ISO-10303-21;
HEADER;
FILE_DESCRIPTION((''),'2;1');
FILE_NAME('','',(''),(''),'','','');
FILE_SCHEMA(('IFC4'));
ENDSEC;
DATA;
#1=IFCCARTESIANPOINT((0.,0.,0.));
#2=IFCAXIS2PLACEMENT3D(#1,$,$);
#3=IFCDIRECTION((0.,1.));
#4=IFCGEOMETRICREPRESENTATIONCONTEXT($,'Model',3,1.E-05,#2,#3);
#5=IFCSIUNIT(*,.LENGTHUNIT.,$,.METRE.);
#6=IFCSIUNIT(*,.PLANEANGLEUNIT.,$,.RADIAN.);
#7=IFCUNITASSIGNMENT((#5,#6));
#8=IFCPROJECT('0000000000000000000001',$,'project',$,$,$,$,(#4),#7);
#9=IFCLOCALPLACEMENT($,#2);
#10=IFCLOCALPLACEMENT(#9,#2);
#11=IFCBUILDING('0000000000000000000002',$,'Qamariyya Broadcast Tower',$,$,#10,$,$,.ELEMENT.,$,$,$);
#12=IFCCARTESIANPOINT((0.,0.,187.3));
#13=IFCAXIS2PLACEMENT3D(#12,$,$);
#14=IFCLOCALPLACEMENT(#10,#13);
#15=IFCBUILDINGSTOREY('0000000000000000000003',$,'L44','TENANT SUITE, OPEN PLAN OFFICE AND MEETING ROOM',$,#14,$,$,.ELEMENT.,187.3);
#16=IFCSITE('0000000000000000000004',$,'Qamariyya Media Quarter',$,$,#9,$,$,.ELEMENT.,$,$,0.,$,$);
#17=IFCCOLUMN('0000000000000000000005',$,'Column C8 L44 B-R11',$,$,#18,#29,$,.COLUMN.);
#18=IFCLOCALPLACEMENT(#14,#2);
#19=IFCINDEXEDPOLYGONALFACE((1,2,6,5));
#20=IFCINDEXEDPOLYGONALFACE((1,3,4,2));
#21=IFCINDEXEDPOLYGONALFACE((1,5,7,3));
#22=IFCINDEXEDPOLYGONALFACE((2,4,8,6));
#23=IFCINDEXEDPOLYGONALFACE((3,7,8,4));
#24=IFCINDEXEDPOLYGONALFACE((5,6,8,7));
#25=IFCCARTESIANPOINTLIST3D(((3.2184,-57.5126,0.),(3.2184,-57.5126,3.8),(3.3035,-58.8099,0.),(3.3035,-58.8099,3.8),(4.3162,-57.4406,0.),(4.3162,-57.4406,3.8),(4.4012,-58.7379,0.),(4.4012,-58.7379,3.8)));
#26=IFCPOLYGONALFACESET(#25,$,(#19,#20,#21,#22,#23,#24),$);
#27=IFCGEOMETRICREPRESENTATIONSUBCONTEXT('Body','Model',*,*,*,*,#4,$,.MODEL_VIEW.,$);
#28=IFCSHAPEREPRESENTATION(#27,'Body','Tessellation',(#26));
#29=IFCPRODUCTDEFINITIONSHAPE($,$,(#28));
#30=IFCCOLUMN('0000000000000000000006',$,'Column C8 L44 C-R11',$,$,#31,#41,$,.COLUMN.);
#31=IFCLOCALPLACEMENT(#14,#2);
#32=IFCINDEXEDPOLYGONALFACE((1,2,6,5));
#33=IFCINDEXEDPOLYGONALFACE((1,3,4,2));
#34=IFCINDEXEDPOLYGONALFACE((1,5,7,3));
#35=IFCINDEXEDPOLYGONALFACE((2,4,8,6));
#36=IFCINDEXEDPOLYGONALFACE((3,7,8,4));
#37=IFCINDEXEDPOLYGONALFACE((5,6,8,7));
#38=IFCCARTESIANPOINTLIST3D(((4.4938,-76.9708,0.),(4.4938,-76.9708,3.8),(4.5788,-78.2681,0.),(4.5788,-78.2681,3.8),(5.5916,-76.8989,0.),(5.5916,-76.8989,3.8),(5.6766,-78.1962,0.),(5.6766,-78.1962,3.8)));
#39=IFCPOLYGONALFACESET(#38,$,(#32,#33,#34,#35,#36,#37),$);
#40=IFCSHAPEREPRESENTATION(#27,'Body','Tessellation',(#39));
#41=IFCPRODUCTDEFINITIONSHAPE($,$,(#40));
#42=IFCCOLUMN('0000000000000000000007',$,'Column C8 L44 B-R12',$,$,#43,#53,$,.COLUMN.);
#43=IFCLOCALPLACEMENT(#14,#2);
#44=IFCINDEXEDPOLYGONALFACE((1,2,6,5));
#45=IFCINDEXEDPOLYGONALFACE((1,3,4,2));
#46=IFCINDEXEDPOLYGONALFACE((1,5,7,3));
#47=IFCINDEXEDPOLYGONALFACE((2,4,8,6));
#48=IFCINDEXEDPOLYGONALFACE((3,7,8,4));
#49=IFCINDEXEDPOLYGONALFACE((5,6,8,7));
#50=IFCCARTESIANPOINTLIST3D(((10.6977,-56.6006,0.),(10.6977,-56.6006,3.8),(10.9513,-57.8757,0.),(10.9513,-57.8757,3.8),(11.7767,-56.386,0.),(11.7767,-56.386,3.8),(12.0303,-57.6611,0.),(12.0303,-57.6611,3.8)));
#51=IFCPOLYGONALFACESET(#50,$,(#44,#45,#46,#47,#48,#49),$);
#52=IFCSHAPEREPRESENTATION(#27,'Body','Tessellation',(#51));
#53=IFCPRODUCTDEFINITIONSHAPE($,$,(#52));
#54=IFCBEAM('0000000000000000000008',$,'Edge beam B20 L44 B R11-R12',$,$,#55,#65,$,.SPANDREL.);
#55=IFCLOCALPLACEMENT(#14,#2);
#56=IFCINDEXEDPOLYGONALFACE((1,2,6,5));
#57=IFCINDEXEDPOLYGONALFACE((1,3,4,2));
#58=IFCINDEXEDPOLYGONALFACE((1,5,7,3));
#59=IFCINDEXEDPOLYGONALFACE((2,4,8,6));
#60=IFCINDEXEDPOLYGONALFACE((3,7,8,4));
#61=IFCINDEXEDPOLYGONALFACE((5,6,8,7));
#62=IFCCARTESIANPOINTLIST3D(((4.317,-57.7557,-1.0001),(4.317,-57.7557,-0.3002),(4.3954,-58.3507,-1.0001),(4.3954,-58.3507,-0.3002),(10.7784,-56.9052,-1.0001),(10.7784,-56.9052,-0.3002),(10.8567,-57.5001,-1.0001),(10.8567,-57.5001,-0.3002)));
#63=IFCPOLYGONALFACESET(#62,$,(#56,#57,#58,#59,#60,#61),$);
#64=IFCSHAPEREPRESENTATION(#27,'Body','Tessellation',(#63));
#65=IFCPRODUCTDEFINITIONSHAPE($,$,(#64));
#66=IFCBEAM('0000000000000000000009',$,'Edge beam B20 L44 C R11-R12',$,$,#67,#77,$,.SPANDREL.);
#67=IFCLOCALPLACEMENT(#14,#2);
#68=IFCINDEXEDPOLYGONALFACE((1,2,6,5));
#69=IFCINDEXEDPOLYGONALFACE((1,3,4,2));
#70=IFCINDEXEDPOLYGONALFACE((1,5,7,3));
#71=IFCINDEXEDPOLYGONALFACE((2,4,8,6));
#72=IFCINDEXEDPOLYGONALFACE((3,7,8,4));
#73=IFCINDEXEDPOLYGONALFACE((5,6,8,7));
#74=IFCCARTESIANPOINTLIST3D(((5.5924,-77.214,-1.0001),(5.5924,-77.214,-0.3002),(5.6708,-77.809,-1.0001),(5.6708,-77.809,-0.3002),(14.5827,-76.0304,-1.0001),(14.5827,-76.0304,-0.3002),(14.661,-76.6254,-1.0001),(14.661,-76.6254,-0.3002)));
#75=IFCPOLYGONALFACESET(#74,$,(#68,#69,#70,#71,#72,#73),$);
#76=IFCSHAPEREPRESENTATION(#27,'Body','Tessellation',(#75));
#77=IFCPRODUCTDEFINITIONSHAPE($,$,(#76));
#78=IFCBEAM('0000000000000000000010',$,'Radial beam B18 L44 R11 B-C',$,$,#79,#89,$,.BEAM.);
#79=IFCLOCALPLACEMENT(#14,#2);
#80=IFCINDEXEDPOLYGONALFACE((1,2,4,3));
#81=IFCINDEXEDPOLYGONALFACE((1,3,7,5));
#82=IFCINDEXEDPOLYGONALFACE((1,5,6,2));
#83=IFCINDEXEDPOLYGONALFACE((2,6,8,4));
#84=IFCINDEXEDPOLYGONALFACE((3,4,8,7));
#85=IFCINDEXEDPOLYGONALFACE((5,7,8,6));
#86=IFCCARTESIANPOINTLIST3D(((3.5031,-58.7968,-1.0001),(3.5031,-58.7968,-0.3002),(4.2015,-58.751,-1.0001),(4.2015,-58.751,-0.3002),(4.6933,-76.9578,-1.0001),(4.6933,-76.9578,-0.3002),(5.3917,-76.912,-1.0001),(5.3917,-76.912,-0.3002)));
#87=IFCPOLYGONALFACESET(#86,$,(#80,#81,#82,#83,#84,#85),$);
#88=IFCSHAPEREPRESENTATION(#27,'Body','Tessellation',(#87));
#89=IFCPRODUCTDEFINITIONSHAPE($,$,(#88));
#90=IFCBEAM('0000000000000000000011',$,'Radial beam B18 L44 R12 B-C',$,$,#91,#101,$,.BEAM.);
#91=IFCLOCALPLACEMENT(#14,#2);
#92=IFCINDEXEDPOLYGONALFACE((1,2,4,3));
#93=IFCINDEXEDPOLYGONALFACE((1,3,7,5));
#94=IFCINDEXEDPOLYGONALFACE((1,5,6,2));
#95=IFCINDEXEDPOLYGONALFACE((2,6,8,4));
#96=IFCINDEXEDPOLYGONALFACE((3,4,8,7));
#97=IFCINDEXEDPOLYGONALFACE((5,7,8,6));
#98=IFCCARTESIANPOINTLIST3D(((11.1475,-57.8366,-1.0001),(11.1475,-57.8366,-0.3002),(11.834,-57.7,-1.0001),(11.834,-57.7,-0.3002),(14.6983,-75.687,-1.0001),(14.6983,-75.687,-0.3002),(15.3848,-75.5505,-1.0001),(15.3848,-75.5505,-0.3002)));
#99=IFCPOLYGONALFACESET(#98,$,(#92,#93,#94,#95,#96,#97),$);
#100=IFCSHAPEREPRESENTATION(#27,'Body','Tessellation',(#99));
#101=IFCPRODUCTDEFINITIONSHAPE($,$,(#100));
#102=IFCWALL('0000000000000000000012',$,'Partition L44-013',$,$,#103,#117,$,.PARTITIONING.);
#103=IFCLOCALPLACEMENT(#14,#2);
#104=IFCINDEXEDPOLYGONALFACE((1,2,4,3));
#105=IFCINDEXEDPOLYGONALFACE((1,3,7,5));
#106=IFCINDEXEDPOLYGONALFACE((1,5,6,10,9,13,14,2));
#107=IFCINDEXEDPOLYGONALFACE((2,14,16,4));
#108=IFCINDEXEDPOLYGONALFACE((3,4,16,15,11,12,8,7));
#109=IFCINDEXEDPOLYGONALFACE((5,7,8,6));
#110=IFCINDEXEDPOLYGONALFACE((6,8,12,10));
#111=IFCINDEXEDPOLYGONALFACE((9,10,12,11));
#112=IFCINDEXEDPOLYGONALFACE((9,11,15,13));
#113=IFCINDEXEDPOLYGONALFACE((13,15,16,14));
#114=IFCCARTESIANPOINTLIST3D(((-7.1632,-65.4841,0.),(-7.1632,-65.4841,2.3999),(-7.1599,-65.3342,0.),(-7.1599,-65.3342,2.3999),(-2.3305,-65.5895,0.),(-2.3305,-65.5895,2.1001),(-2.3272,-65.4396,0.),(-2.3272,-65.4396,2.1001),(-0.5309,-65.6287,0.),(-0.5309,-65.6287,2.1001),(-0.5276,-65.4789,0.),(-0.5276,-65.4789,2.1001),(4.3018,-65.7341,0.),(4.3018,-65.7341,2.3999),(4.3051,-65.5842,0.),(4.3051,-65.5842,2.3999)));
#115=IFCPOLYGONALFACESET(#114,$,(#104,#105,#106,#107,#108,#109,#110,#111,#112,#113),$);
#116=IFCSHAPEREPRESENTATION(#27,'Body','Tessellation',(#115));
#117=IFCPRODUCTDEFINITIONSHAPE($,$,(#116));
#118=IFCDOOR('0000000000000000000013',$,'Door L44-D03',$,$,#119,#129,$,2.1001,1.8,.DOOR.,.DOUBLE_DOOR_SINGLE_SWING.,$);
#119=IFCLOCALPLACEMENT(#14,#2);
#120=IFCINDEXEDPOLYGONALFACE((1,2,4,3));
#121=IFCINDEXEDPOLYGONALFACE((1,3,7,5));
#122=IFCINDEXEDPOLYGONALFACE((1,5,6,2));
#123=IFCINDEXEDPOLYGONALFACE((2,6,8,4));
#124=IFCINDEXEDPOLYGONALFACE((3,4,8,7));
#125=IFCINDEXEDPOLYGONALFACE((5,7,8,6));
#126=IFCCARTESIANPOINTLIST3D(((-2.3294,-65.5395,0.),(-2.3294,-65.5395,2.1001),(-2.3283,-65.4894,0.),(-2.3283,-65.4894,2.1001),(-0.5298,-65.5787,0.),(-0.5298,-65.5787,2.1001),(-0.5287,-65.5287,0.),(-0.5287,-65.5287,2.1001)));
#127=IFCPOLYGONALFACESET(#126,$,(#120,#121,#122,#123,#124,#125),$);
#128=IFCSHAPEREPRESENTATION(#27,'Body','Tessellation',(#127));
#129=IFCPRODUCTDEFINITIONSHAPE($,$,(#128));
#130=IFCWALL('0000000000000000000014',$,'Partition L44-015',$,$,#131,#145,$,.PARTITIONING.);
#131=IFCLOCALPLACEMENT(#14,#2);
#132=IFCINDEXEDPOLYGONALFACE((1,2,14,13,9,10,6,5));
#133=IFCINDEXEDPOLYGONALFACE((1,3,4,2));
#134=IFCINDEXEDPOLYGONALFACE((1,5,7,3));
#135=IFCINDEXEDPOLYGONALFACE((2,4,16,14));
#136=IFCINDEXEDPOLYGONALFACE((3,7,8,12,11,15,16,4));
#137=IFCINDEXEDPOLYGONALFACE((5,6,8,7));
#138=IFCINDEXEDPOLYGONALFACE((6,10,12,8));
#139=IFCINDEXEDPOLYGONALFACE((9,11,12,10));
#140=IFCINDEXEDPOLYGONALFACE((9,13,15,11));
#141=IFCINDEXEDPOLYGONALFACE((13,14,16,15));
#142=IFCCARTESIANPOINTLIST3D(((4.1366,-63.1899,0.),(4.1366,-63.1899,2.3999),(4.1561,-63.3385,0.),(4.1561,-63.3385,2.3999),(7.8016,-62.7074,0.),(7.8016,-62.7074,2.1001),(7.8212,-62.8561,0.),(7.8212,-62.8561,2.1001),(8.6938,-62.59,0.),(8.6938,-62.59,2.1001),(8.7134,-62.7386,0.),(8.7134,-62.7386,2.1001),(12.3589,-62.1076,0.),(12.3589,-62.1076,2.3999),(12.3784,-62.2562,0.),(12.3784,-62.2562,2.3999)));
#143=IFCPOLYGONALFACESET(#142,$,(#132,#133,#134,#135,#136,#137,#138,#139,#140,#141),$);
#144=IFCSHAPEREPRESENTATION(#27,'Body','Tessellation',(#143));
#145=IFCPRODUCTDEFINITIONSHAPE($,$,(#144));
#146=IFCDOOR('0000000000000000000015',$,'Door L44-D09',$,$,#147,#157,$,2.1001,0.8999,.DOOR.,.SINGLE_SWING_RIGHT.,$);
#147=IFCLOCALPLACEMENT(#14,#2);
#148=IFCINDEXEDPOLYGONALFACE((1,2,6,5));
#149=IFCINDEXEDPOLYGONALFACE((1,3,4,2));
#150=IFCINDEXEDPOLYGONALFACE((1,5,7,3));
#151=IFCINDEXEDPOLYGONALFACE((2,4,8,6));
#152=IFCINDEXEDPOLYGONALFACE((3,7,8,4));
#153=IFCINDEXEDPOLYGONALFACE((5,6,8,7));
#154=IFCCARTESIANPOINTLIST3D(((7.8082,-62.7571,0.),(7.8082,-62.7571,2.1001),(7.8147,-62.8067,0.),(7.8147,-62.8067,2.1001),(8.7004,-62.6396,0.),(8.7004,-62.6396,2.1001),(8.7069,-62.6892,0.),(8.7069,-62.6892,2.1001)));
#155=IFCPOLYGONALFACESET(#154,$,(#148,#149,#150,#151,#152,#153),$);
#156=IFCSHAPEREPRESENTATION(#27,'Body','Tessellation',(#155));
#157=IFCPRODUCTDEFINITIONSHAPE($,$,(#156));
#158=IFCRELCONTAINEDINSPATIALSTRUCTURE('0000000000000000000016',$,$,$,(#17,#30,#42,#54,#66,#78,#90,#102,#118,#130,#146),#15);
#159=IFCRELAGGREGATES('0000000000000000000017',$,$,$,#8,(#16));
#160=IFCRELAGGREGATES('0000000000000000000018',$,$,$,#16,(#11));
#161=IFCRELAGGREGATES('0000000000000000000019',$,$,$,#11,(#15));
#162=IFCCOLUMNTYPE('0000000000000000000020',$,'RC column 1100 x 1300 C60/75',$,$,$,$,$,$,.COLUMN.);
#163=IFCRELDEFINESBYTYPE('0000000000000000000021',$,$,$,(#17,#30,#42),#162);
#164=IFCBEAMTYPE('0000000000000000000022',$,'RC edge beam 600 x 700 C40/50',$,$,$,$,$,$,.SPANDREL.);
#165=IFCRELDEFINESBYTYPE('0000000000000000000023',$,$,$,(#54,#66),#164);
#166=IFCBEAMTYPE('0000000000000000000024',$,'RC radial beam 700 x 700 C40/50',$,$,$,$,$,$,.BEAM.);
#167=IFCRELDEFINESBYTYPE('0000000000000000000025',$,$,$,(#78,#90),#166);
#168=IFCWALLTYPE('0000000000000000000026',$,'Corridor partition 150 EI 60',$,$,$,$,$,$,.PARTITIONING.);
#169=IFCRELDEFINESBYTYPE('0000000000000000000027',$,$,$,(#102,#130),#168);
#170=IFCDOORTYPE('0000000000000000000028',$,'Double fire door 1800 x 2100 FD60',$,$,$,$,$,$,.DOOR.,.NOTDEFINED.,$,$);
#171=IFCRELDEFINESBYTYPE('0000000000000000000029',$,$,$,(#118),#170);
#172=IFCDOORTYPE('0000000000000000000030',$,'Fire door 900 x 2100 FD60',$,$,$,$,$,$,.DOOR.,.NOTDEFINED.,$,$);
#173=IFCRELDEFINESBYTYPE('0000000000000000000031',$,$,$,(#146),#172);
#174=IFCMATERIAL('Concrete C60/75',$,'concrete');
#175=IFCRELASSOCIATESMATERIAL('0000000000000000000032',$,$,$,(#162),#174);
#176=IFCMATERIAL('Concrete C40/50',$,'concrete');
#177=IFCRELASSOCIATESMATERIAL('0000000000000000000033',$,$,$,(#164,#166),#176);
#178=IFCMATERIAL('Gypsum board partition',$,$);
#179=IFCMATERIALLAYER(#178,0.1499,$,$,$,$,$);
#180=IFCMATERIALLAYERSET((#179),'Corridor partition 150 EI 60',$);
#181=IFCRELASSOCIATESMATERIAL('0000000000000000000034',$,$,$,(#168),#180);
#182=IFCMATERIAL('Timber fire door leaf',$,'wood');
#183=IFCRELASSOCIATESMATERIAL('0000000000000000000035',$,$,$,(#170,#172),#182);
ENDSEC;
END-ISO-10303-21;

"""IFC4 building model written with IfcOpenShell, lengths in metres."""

from ifc_helpers import new_model, si_unit, direction, frame, frame_2d, origin, origin_2d, place, context, subcontext, project, spatial, rectangle, extrude, material, layer, layer_set, material_profile, profile_set, type_object, element, fill, save


model = new_model("IFC4")

# Units and contexts
model_context = context("Model", 3, precision=1e-05, world=origin(), true_north=direction((0.0, 1.0)))
body_context = subcontext(model_context, "Body", "Model", "MODEL_VIEW")
ifc_project = project(units=[si_unit("LENGTHUNIT", "METRE"), si_unit("PLANEANGLEUNIT", "RADIAN")], contexts=[model_context])

# Site, building, storey
site_placement = place(None, origin())
site = spatial("IfcSite", under=ifc_project, at=site_placement, Name="Qamariyya Media Quarter", CompositionType="ELEMENT", RefElevation=0.0)
building_placement = place(site_placement, origin())
building = spatial("IfcBuilding", under=site, at=building_placement, Name="Qamariyya Broadcast Tower", CompositionType="ELEMENT")
storey_placement = place(building_placement, frame((0.0, 0.0, 187.3)))
storey = spatial("IfcBuildingStorey", under=building, at=storey_placement, Name="L44", Description="TENANT SUITE, OPEN PLAN OFFICE AND MEETING ROOM", CompositionType="ELEMENT", Elevation=187.3)

# Columns
ifc_material_1 = material(Name="Concrete C60/75", Category="concrete")
ifc_material_profile_1 = material_profile(ifc_material_1, rectangle(XDim=1.1001, YDim=1.3, at=origin_2d()))
ifc_profile_set_1 = profile_set([ifc_material_profile_1], Name="Concrete C60/75")
column_type = type_object("IfcColumnType", Name="RC column 1100 x 1300 C60/75", PredefinedType="COLUMN", material=ifc_profile_set_1)
for number, where, z_axis, x_axis, name in (
    (1, (3.8098, -58.1252, 0.0), (0.0, 0.0, 1.0), (0.997859, 0.065403, 0.0), "Column C8 L44 B-R11"),
    (2, (5.0852, -77.5835, 0.0), (0.0, 0.0, 1.0), (0.997859, 0.065403, 0.0), "Column C8 L44 C-R11"),
    (3, (11.364, -57.1309, 0.0), (0.0, 0.0, 1.0), (0.980785, 0.19509, 0.0), "Column C8 L44 B-R12"),
):
    element("IfcColumn", number, at=place(storey_placement, frame(where, z_axis=z_axis, x_axis=x_axis)), inside=storey, type_object=column_type, Name=name, PredefinedType="COLUMN", context=body_context, shape_type="SweptSolid", body=[
        extrude(rectangle(XDim=1.1001, YDim=1.3, at=origin_2d()), origin(), (0.0, 0.0, 1.0), 3.8),
    ])

# Beams
ifc_material_2 = material(Name="Concrete C40/50", Category="concrete")
ifc_material_profile_2 = material_profile(ifc_material_2, rectangle(XDim=0.6001, YDim=0.7, at=origin_2d()))
ifc_profile_set_2 = profile_set([ifc_material_profile_2], Name="Concrete C40/50")
beam_type_1 = type_object("IfcBeamType", Name="RC edge beam 600 x 700 C40/50", PredefinedType="SPANDREL", material=ifc_profile_set_2)
beam_1_placement = place(storey_placement, frame((4.3562, -58.0532, -0.6501), z_axis=(0.991446, 0.130515, 0.0), x_axis=(-0.130515, 0.991446, 0.0)))
element("IfcBeam", 4, at=beam_1_placement, inside=storey, type_object=beam_type_1, Name="Edge beam B20 L44 B R11-R12", PredefinedType="SPANDREL", context=body_context, shape_type="SweptSolid", body=[
    extrude(rectangle(XDim=0.6001, YDim=0.7, at=origin_2d()), origin(), (0.0, 0.0, 1.0), 6.5171),
])
beam_2_placement = place(storey_placement, frame((5.6316, -77.5115, -0.6501), z_axis=(0.991445, 0.130527, 0.0), x_axis=(-0.130527, 0.991445, 0.0)))
element("IfcBeam", 5, at=beam_2_placement, inside=storey, type_object=beam_type_1, Name="Edge beam B20 L44 C R11-R12", PredefinedType="SPANDREL", context=body_context, shape_type="SweptSolid", body=[
    extrude(rectangle(XDim=0.6001, YDim=0.7, at=origin_2d()), origin(), (0.0, 0.0, 1.0), 9.0679),
])
ifc_material_profile_3 = material_profile(ifc_material_2, rectangle(XDim=0.7, YDim=0.7, at=origin_2d()))
ifc_profile_set_3 = profile_set([ifc_material_profile_3], Name="Concrete C40/50")
beam_type_2 = type_object("IfcBeamType", Name="RC radial beam 700 x 700 C40/50", PredefinedType="BEAM", material=ifc_profile_set_3)
beam_3_placement = place(storey_placement, frame((3.8523, -58.7739, -0.6501), z_axis=(0.065395, -0.997859, 0.0), x_axis=(0.997859, 0.065395, 0.0)))
element("IfcBeam", 6, at=beam_3_placement, inside=storey, type_object=beam_type_2, Name="Radial beam B18 L44 R11 B-C", PredefinedType="BEAM", context=body_context, shape_type="SweptSolid", body=[
    extrude(rectangle(XDim=0.7, YDim=0.7, at=origin_2d()), origin(), (0.0, 0.0, 1.0), 18.2),
])
beam_4_placement = place(storey_placement, frame((11.4907, -57.7683, -0.6501), z_axis=(0.195097, -0.980784, 0.0), x_axis=(0.980784, 0.195097, 0.0)))
element("IfcBeam", 7, at=beam_4_placement, inside=storey, type_object=beam_type_2, Name="Radial beam B18 L44 R12 B-C", PredefinedType="BEAM", context=body_context, shape_type="SweptSolid", body=[
    extrude(rectangle(XDim=0.7, YDim=0.7, at=origin_2d()), origin(), (0.0, 0.0, 1.0), 18.2002),
])

# Walls, openings, doors
ifc_material_3 = material(Name="Gypsum board partition")
ifc_layer_1 = layer(ifc_material_3, 0.1499)
ifc_layer_set_1 = layer_set([ifc_layer_1], Name="Corridor partition 150 EI 60")
wall_type_1 = type_object("IfcWallType", Name="Corridor partition 150 EI 60", PredefinedType="PARTITIONING", material=ifc_layer_set_1)
wall_1_placement = place(storey_placement, frame((4.3035, -65.6592, 0.0), z_axis=(0.0, 0.0, 1.0), x_axis=(-0.999762, 0.0218, 0.0)))
wall_1 = element("IfcWall", 8, at=wall_1_placement, inside=storey, type_object=wall_type_1, Name="Partition L44-013", PredefinedType="PARTITIONING", context=body_context, shape_type="SweptSolid", body=[
    extrude(rectangle(XDim=11.4678, YDim=0.1499, at=frame_2d((5.7339, 0.0))), origin(), (0.0, 0.0, 1.0), 2.3999),
])
opening_1_placement = place(wall_1_placement, frame((4.834, 0.0, 0.0)))
opening_1 = element("IfcOpeningElement", 9, at=opening_1_placement, cuts=wall_1, PredefinedType="OPENING", context=body_context, shape_type="SweptSolid", body=[
    extrude(rectangle(XDim=1.8, YDim=2.1001, at=frame_2d((0.8999, 1.05))), frame((0.0, 0.085, 0.0), z_axis=(0.0, -1.0, 0.0), x_axis=(1.0, 0.0, 0.0)), (0.0, 0.0, 1.0), 0.1699),
])
ifc_material_4 = material(Name="Timber fire door leaf", Category="wood")
door_type_1 = type_object("IfcDoorType", Name="Double fire door 1800 x 2100 FD60", OperationType="NOTDEFINED", PredefinedType="DOOR", material=ifc_material_4)
door_1_placement = place(opening_1_placement, origin())
door_1 = element("IfcDoor", 10, at=door_1_placement, inside=storey, type_object=door_type_1, Name="Door L44-D03", OperationType="DOUBLE_DOOR_SINGLE_SWING", OverallHeight=2.1001, OverallWidth=1.8, PredefinedType="DOOR", context=body_context, shape_type="SweptSolid", body=[
    extrude(rectangle(XDim=1.8, YDim=2.1001, at=frame_2d((0.8999, 1.05))), frame((0.0, 0.0249, 0.0), z_axis=(0.0, -1.0, 0.0), x_axis=(1.0, 0.0, 0.0)), (0.0, 0.0, 1.0), 0.05),
])
fill(opening_1, door_1)
wall_2_placement = place(storey_placement, frame((4.1465, -63.2642, 0.0), z_axis=(0.0, 0.0, 1.0), x_axis=(0.991448, 0.130503, 0.0)))
wall_2 = element("IfcWall", 11, at=wall_2_placement, inside=storey, type_object=wall_type_1, Name="Partition L44-015", PredefinedType="PARTITIONING", context=body_context, shape_type="SweptSolid", body=[
    extrude(rectangle(XDim=8.2932, YDim=0.1499, at=frame_2d((4.1465, 0.0))), origin(), (0.0, 0.0, 1.0), 2.3999),
])
opening_2_placement = place(wall_2_placement, frame((3.6965, 0.0, 0.0)))
opening_2 = element("IfcOpeningElement", 12, at=opening_2_placement, cuts=wall_2, PredefinedType="OPENING", context=body_context, shape_type="SweptSolid", body=[
    extrude(rectangle(XDim=0.8999, YDim=2.1001, at=frame_2d((0.45, 1.05))), frame((0.0, 0.085, 0.0), z_axis=(0.0, -1.0, 0.0), x_axis=(1.0, 0.0, 0.0)), (0.0, 0.0, 1.0), 0.1699),
])
door_type_2 = type_object("IfcDoorType", Name="Fire door 900 x 2100 FD60", OperationType="NOTDEFINED", PredefinedType="DOOR", material=ifc_material_4)
door_2_placement = place(opening_2_placement, origin())
door_2 = element("IfcDoor", 13, at=door_2_placement, inside=storey, type_object=door_type_2, Name="Door L44-D09", OperationType="SINGLE_SWING_RIGHT", OverallHeight=2.1001, OverallWidth=0.8999, PredefinedType="DOOR", context=body_context, shape_type="SweptSolid", body=[
    extrude(rectangle(XDim=0.8999, YDim=2.1001, at=frame_2d((0.45, 1.05))), frame((0.0, 0.0249, 0.0), z_axis=(0.0, -1.0, 0.0), x_axis=(1.0, 0.0, 0.0)), (0.0, 0.0, 1.0), 0.05),
])
fill(opening_2, door_2)

save(model, "model.ifc")
